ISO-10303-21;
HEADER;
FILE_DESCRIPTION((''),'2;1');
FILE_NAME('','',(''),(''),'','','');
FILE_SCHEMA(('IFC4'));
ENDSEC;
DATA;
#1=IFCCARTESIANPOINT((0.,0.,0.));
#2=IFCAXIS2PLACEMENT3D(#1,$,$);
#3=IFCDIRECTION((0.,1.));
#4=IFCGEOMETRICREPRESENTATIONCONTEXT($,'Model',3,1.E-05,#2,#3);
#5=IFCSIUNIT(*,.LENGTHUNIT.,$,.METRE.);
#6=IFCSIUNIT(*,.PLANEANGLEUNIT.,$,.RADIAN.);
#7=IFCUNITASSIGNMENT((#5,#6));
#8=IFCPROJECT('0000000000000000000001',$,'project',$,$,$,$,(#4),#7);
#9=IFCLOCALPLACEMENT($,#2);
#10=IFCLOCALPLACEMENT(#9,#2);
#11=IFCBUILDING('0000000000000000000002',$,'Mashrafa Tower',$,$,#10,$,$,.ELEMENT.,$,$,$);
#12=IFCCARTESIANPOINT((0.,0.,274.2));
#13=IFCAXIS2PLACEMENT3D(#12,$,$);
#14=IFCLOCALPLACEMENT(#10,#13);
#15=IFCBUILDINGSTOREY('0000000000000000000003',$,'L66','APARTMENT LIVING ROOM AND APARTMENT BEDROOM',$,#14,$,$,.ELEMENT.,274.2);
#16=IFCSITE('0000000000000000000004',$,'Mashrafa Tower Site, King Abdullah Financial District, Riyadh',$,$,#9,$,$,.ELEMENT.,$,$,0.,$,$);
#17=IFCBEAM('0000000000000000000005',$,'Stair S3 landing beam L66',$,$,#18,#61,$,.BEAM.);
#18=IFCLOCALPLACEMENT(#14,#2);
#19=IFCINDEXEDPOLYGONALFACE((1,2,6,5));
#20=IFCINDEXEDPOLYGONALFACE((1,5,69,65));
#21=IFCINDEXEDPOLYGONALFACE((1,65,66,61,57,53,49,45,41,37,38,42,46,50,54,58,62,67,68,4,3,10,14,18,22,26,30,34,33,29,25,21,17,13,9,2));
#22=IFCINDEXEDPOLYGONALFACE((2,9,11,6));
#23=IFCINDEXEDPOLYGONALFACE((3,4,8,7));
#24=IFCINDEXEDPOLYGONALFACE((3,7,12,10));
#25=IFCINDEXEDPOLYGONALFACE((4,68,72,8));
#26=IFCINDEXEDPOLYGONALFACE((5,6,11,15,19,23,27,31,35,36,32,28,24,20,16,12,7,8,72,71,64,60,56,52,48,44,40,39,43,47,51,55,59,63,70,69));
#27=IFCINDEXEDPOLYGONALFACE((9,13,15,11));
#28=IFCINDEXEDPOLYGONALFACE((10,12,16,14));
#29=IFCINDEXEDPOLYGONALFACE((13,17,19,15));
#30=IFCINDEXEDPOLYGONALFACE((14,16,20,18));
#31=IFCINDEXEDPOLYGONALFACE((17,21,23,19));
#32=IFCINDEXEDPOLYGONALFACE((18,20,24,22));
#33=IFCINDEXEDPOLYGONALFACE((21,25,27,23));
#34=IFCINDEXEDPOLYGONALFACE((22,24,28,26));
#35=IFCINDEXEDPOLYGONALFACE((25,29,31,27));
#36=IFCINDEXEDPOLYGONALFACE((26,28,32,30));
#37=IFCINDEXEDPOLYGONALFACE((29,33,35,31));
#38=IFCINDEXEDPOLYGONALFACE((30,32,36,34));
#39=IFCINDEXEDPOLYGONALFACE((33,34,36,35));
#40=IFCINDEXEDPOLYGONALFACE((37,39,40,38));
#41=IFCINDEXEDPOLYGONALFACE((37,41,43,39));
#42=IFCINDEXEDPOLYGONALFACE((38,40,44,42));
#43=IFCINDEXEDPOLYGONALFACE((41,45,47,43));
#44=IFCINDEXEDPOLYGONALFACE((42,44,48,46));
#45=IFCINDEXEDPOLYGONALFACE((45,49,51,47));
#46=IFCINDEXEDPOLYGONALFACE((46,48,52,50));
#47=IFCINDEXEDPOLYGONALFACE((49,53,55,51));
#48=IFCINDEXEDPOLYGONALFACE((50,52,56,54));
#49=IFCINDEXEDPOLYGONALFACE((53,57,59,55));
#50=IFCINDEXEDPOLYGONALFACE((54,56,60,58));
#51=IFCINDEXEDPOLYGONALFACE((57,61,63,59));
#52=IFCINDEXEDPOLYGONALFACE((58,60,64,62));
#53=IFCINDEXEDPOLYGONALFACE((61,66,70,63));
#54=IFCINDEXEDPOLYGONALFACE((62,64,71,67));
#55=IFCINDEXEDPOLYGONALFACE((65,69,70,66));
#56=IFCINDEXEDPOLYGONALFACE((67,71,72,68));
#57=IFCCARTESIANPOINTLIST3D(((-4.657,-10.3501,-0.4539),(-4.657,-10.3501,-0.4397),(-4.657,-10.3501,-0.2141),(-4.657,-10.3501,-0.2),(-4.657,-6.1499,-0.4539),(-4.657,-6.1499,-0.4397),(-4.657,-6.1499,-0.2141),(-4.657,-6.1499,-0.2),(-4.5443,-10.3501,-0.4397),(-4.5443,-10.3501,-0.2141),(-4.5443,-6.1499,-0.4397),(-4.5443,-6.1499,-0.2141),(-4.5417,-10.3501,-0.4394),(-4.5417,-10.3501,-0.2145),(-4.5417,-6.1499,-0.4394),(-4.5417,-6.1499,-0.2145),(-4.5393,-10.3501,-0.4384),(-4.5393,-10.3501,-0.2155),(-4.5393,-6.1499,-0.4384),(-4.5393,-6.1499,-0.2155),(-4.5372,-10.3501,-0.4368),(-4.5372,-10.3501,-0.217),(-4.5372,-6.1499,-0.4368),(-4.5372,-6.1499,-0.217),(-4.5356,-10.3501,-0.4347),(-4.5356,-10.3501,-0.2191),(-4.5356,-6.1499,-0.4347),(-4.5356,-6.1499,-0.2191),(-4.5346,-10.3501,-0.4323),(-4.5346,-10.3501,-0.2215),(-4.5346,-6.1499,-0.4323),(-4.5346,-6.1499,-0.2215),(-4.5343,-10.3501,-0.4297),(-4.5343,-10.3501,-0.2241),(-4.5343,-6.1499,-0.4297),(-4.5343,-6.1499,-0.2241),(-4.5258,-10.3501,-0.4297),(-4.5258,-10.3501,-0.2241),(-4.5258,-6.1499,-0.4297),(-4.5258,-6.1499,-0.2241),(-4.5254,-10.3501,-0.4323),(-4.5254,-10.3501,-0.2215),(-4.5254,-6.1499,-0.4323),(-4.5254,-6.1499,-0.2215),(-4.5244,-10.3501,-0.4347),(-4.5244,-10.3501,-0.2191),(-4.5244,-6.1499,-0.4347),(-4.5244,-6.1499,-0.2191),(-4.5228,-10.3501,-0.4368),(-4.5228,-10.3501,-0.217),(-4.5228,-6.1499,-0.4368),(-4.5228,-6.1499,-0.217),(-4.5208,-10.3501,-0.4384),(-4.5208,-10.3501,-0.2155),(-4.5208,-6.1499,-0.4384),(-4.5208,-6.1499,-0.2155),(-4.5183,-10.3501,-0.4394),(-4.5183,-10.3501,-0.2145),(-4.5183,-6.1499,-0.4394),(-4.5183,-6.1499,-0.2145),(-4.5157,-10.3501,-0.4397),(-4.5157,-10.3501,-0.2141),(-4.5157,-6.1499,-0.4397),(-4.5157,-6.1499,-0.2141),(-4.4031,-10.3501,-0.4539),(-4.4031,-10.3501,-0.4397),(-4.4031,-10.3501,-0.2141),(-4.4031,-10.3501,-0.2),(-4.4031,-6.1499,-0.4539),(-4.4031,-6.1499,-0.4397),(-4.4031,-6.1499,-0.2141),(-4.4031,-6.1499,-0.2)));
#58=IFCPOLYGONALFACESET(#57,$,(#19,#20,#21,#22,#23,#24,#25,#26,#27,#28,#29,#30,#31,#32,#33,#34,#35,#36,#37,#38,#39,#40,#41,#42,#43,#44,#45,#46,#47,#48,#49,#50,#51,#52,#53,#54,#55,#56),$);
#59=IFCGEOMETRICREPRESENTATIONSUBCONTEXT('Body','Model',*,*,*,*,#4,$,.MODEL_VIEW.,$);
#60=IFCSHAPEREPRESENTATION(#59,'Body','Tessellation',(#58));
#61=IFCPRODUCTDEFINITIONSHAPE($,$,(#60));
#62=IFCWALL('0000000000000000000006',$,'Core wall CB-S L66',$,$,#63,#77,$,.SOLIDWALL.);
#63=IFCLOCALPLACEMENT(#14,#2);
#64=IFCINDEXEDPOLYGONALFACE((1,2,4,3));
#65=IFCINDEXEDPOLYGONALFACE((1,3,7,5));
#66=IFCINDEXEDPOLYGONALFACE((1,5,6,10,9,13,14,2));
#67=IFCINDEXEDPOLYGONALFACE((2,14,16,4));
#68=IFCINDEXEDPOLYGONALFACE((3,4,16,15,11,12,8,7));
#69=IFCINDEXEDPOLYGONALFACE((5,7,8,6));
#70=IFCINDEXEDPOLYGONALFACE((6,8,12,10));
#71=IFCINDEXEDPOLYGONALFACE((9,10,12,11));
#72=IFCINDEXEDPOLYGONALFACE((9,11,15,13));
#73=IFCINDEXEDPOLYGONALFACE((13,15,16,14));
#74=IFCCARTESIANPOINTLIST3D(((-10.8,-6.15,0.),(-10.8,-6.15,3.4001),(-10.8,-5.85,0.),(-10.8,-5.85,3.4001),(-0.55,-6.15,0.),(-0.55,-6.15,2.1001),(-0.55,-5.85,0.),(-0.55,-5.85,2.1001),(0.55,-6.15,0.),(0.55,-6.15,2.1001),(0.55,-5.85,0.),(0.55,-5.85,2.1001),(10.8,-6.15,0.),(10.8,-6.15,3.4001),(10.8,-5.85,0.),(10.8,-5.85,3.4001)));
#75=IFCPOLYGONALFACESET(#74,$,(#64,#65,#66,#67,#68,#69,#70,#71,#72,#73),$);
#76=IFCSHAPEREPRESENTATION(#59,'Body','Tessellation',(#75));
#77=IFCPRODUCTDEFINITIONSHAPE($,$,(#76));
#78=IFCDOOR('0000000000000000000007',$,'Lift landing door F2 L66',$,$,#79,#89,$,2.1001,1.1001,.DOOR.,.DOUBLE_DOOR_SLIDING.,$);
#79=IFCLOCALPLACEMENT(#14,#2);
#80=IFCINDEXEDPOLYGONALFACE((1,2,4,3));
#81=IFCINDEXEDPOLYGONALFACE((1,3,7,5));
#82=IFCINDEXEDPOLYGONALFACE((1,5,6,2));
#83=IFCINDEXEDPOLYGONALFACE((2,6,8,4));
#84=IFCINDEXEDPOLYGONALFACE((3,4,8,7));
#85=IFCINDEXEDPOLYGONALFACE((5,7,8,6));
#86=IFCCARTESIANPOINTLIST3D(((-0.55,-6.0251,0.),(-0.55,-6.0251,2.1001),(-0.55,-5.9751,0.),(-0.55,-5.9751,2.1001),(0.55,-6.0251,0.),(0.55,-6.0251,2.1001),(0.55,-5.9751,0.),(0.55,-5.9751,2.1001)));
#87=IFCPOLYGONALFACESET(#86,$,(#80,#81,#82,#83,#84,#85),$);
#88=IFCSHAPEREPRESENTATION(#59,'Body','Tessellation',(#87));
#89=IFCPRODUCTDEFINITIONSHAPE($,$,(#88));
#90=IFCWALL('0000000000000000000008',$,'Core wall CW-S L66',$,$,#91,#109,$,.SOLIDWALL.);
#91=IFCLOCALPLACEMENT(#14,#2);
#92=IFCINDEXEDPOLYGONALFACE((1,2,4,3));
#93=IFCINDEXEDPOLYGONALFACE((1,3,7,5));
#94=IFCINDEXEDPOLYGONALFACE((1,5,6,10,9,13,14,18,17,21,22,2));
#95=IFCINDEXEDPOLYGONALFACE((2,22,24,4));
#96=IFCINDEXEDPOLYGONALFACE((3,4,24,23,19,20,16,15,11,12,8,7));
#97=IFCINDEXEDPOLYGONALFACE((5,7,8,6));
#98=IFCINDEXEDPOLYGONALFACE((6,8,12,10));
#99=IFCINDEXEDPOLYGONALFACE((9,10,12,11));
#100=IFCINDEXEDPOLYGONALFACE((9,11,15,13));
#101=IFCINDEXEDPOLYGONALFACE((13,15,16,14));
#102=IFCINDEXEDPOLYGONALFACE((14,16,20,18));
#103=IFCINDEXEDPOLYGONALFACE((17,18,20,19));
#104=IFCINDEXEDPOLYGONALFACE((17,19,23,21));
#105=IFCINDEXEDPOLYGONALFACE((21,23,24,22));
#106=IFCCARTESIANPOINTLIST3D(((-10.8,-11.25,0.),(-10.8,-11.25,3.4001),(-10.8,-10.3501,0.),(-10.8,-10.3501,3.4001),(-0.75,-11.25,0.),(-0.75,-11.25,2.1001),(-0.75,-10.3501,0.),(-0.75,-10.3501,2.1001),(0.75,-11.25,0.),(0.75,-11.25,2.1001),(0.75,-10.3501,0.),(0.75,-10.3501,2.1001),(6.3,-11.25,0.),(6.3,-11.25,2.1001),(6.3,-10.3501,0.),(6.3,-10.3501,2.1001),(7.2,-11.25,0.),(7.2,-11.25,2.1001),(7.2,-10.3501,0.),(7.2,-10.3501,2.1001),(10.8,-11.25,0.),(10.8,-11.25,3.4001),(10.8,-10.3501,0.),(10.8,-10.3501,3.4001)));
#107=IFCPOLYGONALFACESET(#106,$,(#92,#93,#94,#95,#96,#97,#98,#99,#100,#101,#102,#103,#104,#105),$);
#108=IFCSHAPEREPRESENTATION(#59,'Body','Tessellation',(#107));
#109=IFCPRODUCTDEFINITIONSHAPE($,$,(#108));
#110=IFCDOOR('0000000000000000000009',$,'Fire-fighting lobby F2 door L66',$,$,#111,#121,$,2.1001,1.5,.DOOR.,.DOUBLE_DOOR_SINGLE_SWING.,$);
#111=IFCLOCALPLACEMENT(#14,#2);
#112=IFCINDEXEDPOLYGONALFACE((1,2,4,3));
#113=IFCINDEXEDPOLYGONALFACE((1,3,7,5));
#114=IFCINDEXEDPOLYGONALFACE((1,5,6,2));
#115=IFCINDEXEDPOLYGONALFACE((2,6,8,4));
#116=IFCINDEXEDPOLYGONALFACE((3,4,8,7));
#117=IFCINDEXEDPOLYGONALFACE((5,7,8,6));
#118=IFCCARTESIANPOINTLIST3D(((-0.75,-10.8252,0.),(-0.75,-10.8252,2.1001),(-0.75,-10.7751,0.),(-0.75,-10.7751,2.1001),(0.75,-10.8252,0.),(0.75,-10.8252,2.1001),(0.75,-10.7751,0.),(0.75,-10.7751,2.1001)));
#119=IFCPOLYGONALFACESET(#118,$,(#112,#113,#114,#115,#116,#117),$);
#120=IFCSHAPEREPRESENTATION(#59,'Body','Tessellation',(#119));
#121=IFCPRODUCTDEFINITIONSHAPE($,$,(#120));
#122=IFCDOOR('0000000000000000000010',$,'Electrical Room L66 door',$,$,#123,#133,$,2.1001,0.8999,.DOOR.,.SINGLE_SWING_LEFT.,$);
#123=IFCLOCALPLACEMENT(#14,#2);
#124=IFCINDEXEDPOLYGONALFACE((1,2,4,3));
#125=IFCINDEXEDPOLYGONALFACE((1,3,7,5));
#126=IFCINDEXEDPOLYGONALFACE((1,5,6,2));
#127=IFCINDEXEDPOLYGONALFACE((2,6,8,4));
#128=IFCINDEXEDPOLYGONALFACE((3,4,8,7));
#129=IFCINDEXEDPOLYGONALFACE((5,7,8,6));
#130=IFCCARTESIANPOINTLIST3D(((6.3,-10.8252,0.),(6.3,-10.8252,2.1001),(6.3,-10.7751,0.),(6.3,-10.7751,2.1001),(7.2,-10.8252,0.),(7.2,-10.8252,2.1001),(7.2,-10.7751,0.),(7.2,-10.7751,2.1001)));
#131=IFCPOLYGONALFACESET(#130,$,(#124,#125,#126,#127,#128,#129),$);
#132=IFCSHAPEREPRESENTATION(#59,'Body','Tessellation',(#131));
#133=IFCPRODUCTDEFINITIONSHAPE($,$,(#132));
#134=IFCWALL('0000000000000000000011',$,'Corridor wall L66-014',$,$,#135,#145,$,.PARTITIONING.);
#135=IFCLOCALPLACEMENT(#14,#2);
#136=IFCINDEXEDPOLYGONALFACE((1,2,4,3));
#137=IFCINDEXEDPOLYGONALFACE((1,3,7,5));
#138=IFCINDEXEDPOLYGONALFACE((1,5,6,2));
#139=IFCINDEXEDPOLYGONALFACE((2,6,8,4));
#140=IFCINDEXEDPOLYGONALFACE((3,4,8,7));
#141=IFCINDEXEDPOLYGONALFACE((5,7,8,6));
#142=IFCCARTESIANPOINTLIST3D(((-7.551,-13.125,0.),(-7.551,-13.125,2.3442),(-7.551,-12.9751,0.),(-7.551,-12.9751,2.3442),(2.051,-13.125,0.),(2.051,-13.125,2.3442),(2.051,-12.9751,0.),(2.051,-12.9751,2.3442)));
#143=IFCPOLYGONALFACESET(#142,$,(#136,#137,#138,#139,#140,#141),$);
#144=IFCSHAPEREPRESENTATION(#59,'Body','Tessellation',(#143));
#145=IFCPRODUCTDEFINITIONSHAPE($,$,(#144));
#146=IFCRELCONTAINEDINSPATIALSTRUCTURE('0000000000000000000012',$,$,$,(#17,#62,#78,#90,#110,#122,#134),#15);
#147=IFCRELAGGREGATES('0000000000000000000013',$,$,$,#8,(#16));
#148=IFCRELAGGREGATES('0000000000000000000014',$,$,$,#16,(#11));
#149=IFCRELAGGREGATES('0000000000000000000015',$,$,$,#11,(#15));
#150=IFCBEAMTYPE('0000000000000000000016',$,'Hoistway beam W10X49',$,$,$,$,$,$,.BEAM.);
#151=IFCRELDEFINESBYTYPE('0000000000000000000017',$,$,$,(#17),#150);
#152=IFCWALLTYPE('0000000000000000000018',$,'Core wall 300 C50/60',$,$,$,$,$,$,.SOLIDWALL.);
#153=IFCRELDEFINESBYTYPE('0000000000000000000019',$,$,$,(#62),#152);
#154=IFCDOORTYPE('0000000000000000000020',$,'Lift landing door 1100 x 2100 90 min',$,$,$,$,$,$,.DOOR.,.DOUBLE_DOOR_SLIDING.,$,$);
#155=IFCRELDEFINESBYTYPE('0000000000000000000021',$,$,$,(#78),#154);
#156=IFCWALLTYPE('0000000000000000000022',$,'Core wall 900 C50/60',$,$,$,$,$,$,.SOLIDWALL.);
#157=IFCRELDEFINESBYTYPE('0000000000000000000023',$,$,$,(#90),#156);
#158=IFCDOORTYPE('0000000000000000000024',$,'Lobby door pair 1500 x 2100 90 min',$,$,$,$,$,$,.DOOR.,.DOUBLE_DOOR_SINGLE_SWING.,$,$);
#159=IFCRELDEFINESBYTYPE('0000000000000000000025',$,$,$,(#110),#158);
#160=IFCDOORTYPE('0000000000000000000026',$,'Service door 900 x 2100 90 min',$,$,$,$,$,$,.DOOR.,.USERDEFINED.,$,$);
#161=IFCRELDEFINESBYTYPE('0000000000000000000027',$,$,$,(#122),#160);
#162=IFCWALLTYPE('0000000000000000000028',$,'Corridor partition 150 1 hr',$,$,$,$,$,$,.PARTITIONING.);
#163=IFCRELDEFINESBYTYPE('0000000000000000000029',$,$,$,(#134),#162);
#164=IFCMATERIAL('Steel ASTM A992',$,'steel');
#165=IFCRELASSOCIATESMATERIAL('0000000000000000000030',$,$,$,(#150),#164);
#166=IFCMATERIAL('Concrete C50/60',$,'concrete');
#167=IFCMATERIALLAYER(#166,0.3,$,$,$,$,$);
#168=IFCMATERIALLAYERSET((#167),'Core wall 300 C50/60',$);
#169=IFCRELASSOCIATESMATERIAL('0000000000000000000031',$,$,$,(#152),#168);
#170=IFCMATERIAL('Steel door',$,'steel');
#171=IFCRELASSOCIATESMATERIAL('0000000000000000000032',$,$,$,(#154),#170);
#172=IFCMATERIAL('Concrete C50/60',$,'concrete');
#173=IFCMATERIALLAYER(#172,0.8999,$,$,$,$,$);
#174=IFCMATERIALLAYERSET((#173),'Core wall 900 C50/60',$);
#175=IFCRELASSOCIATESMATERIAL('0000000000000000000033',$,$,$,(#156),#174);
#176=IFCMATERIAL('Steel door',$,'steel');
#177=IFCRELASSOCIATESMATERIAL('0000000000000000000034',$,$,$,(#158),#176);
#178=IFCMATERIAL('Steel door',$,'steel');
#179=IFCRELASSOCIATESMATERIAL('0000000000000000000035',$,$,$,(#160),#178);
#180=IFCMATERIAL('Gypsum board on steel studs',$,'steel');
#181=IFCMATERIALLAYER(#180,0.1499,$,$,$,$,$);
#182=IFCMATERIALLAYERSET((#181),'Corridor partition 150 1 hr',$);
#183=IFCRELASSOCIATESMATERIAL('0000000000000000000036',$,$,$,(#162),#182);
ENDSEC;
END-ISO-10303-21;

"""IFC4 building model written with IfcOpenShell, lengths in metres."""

from ifc_helpers import new_model, si_unit, direction, frame, frame_2d, origin, origin_2d, place, context, subcontext, project, spatial, rectangle, i_section, extrude, material, layer, layer_set, material_profile, profile_set, type_object, element, fill, save


model = new_model("IFC4")

# Units and contexts
model_context = context("Model", 3, precision=1e-05, world=origin(), true_north=direction((0.0, 1.0)))
body_context = subcontext(model_context, "Body", "Model", "MODEL_VIEW")
ifc_project = project(units=[si_unit("LENGTHUNIT", "METRE"), si_unit("PLANEANGLEUNIT", "RADIAN")], contexts=[model_context])

# Site, building, storey
site_placement = place(None, origin())
site = spatial("IfcSite", under=ifc_project, at=site_placement, Name="Mashrafa Tower Site, King Abdullah Financial District, Riyadh", CompositionType="ELEMENT", RefElevation=0.0)
building_placement = place(site_placement, origin())
building = spatial("IfcBuilding", under=site, at=building_placement, Name="Mashrafa Tower", CompositionType="ELEMENT")
storey_placement = place(building_placement, frame((0.0, 0.0, 274.2)))
storey = spatial("IfcBuildingStorey", under=building, at=storey_placement, Name="L66", Description="APARTMENT LIVING ROOM AND APARTMENT BEDROOM", CompositionType="ELEMENT", Elevation=274.2)

# Beam
ifc_material_1 = material(Name="Steel ASTM A992", Category="steel")
ifc_material_profile_1 = material_profile(ifc_material_1, i_section(OverallWidth=0.2539, OverallDepth=0.2539, WebThickness=0.0085, FlangeThickness=0.0142, FilletRadius=0.01, at=origin_2d()), Name="W10X49")
ifc_profile_set_1 = profile_set([ifc_material_profile_1], Name="Steel ASTM A992")
beam_type_1 = type_object("IfcBeamType", Name="Hoistway beam W10X49", PredefinedType="BEAM", material=ifc_profile_set_1)
beam_1_placement = place(storey_placement, frame((-4.53, -10.3501, -0.3269), z_axis=(0.0, 1.0, 0.0), x_axis=(-1.0, 0.0, 0.0)))
element("IfcBeam", 1, at=beam_1_placement, inside=storey, type_object=beam_type_1, Name="Stair S3 landing beam L66", PredefinedType="BEAM", context=body_context, shape_type="SweptSolid", body=[
    extrude(i_section(OverallWidth=0.2539, OverallDepth=0.2539, WebThickness=0.0085, FlangeThickness=0.0142, FilletRadius=0.01, at=origin_2d()), origin(), (0.0, 0.0, 1.0), 4.2002),
])

# Wall, opening, door
ifc_material_2 = material(Name="Concrete C50/60", Category="concrete")
ifc_layer_1 = layer(ifc_material_2, 0.3)
ifc_layer_set_1 = layer_set([ifc_layer_1], Name="Core wall 300 C50/60")
wall_type_1 = type_object("IfcWallType", Name="Core wall 300 C50/60", PredefinedType="SOLIDWALL", material=ifc_layer_set_1)
wall_1_placement = place(storey_placement, frame((-10.8, -6.0, 0.0), z_axis=(0.0, 0.0, 1.0), x_axis=(1.0, 0.0, 0.0)))
wall_1 = element("IfcWall", 2, at=wall_1_placement, inside=storey, type_object=wall_type_1, Name="Core wall CB-S L66", PredefinedType="SOLIDWALL", context=body_context, shape_type="SweptSolid", body=[
    extrude(rectangle(XDim=21.6001, YDim=0.3, at=frame_2d((10.8, 0.0))), origin(), (0.0, 0.0, 1.0), 3.4001),
])
opening_1_placement = place(wall_1_placement, frame((10.25, 0.0, 0.0)))
opening_1 = element("IfcOpeningElement", 3, at=opening_1_placement, cuts=wall_1, PredefinedType="OPENING", context=body_context, shape_type="SweptSolid", body=[
    extrude(rectangle(XDim=1.1001, YDim=2.1001, at=frame_2d((0.55, 1.05))), frame((0.0, 0.1599, 0.0), z_axis=(0.0, -1.0, 0.0), x_axis=(1.0, 0.0, 0.0)), (0.0, 0.0, 1.0), 0.3201),
])
ifc_material_3 = material(Name="Steel door", Category="steel")
door_type_1 = type_object("IfcDoorType", Name="Lift landing door 1100 x 2100 90 min", OperationType="DOUBLE_DOOR_SLIDING", PredefinedType="DOOR", material=ifc_material_3)
door_1_placement = place(opening_1_placement, origin())
door_1 = element("IfcDoor", 4, at=door_1_placement, inside=storey, type_object=door_type_1, Name="Lift landing door F2 L66", OperationType="DOUBLE_DOOR_SLIDING", OverallHeight=2.1001, OverallWidth=1.1001, PredefinedType="DOOR", context=body_context, shape_type="SweptSolid", body=[
    extrude(rectangle(XDim=1.1001, YDim=2.1001, at=frame_2d((0.55, 1.05))), frame((0.0, 0.0249, 0.0), z_axis=(0.0, -1.0, 0.0), x_axis=(1.0, 0.0, 0.0)), (0.0, 0.0, 1.0), 0.05),
])
fill(opening_1, door_1)

# Wall, openings, doors
ifc_material_4 = material(Name="Concrete C50/60", Category="concrete")
ifc_layer_2 = layer(ifc_material_4, 0.8999)
ifc_layer_set_2 = layer_set([ifc_layer_2], Name="Core wall 900 C50/60")
wall_type_2 = type_object("IfcWallType", Name="Core wall 900 C50/60", PredefinedType="SOLIDWALL", material=ifc_layer_set_2)
wall_2_placement = place(storey_placement, frame((-10.8, -10.8, 0.0), z_axis=(0.0, 0.0, 1.0), x_axis=(1.0, 0.0, 0.0)))
wall_2 = element("IfcWall", 5, at=wall_2_placement, inside=storey, type_object=wall_type_2, Name="Core wall CW-S L66", PredefinedType="SOLIDWALL", context=body_context, shape_type="SweptSolid", body=[
    extrude(rectangle(XDim=21.6001, YDim=0.8999, at=frame_2d((10.8, 0.0))), origin(), (0.0, 0.0, 1.0), 3.4001),
])
opening_2_placement = place(wall_2_placement, frame((10.05, 0.0, 0.0)))
opening_2 = element("IfcOpeningElement", 6, at=opening_2_placement, cuts=wall_2, PredefinedType="OPENING", context=body_context, shape_type="SweptSolid", body=[
    extrude(rectangle(XDim=1.5, YDim=2.1001, at=frame_2d((0.75, 1.05))), frame((0.0, 0.46, 0.0), z_axis=(0.0, -1.0, 0.0), x_axis=(1.0, 0.0, 0.0)), (0.0, 0.0, 1.0), 0.9199),
])
opening_3_placement = place(wall_2_placement, frame((17.1001, 0.0, 0.0)))
opening_3 = element("IfcOpeningElement", 7, at=opening_3_placement, cuts=wall_2, PredefinedType="OPENING", context=body_context, shape_type="SweptSolid", body=[
    extrude(rectangle(XDim=0.8999, YDim=2.1001, at=frame_2d((0.45, 1.05))), frame((0.0, 0.46, 0.0), z_axis=(0.0, -1.0, 0.0), x_axis=(1.0, 0.0, 0.0)), (0.0, 0.0, 1.0), 0.9199),
])
ifc_material_5 = material(Name="Steel door", Category="steel")
door_type_2 = type_object("IfcDoorType", Name="Lobby door pair 1500 x 2100 90 min", OperationType="DOUBLE_DOOR_SINGLE_SWING", PredefinedType="DOOR", material=ifc_material_5)
door_2_placement = place(opening_2_placement, origin())
door_2 = element("IfcDoor", 8, at=door_2_placement, inside=storey, type_object=door_type_2, Name="Fire-fighting lobby F2 door L66", OperationType="DOUBLE_DOOR_SINGLE_SWING", OverallHeight=2.1001, OverallWidth=1.5, PredefinedType="DOOR", context=body_context, shape_type="SweptSolid", body=[
    extrude(rectangle(XDim=1.5, YDim=2.1001, at=frame_2d((0.75, 1.05))), frame((0.0, 0.0249, 0.0), z_axis=(0.0, -1.0, 0.0), x_axis=(1.0, 0.0, 0.0)), (0.0, 0.0, 1.0), 0.05),
])
fill(opening_2, door_2)
ifc_material_6 = material(Name="Steel door", Category="steel")
door_type_3 = type_object("IfcDoorType", Name="Service door 900 x 2100 90 min", OperationType="USERDEFINED", PredefinedType="DOOR", material=ifc_material_6)
door_3_placement = place(opening_3_placement, origin())
door_3 = element("IfcDoor", 9, at=door_3_placement, inside=storey, type_object=door_type_3, Name="Electrical Room L66 door", OperationType="SINGLE_SWING_LEFT", OverallHeight=2.1001, OverallWidth=0.8999, PredefinedType="DOOR", context=body_context, shape_type="SweptSolid", body=[
    extrude(rectangle(XDim=0.8999, YDim=2.1001, at=frame_2d((0.45, 1.05))), frame((0.0, 0.0249, 0.0), z_axis=(0.0, -1.0, 0.0), x_axis=(1.0, 0.0, 0.0)), (0.0, 0.0, 1.0), 0.05),
])
fill(opening_3, door_3)

# Wall
ifc_material_7 = material(Name="Gypsum board on steel studs", Category="steel")
ifc_layer_3 = layer(ifc_material_7, 0.1499)
ifc_layer_set_3 = layer_set([ifc_layer_3], Name="Corridor partition 150 1 hr")
wall_type_3 = type_object("IfcWallType", Name="Corridor partition 150 1 hr", PredefinedType="PARTITIONING", material=ifc_layer_set_3)
wall_3_placement = place(storey_placement, frame((-7.551, -13.05, 0.0), z_axis=(0.0, 0.0, 1.0), x_axis=(1.0, 0.0, 0.0)))
element("IfcWall", 10, at=wall_3_placement, inside=storey, type_object=wall_type_3, Name="Corridor wall L66-014", PredefinedType="PARTITIONING", context=body_context, shape_type="SweptSolid", body=[
    extrude(rectangle(XDim=9.6021, YDim=0.1499, at=frame_2d((4.801, 0.0))), origin(), (0.0, 0.0, 1.0), 2.3442),
])

save(model, "model.ifc")
